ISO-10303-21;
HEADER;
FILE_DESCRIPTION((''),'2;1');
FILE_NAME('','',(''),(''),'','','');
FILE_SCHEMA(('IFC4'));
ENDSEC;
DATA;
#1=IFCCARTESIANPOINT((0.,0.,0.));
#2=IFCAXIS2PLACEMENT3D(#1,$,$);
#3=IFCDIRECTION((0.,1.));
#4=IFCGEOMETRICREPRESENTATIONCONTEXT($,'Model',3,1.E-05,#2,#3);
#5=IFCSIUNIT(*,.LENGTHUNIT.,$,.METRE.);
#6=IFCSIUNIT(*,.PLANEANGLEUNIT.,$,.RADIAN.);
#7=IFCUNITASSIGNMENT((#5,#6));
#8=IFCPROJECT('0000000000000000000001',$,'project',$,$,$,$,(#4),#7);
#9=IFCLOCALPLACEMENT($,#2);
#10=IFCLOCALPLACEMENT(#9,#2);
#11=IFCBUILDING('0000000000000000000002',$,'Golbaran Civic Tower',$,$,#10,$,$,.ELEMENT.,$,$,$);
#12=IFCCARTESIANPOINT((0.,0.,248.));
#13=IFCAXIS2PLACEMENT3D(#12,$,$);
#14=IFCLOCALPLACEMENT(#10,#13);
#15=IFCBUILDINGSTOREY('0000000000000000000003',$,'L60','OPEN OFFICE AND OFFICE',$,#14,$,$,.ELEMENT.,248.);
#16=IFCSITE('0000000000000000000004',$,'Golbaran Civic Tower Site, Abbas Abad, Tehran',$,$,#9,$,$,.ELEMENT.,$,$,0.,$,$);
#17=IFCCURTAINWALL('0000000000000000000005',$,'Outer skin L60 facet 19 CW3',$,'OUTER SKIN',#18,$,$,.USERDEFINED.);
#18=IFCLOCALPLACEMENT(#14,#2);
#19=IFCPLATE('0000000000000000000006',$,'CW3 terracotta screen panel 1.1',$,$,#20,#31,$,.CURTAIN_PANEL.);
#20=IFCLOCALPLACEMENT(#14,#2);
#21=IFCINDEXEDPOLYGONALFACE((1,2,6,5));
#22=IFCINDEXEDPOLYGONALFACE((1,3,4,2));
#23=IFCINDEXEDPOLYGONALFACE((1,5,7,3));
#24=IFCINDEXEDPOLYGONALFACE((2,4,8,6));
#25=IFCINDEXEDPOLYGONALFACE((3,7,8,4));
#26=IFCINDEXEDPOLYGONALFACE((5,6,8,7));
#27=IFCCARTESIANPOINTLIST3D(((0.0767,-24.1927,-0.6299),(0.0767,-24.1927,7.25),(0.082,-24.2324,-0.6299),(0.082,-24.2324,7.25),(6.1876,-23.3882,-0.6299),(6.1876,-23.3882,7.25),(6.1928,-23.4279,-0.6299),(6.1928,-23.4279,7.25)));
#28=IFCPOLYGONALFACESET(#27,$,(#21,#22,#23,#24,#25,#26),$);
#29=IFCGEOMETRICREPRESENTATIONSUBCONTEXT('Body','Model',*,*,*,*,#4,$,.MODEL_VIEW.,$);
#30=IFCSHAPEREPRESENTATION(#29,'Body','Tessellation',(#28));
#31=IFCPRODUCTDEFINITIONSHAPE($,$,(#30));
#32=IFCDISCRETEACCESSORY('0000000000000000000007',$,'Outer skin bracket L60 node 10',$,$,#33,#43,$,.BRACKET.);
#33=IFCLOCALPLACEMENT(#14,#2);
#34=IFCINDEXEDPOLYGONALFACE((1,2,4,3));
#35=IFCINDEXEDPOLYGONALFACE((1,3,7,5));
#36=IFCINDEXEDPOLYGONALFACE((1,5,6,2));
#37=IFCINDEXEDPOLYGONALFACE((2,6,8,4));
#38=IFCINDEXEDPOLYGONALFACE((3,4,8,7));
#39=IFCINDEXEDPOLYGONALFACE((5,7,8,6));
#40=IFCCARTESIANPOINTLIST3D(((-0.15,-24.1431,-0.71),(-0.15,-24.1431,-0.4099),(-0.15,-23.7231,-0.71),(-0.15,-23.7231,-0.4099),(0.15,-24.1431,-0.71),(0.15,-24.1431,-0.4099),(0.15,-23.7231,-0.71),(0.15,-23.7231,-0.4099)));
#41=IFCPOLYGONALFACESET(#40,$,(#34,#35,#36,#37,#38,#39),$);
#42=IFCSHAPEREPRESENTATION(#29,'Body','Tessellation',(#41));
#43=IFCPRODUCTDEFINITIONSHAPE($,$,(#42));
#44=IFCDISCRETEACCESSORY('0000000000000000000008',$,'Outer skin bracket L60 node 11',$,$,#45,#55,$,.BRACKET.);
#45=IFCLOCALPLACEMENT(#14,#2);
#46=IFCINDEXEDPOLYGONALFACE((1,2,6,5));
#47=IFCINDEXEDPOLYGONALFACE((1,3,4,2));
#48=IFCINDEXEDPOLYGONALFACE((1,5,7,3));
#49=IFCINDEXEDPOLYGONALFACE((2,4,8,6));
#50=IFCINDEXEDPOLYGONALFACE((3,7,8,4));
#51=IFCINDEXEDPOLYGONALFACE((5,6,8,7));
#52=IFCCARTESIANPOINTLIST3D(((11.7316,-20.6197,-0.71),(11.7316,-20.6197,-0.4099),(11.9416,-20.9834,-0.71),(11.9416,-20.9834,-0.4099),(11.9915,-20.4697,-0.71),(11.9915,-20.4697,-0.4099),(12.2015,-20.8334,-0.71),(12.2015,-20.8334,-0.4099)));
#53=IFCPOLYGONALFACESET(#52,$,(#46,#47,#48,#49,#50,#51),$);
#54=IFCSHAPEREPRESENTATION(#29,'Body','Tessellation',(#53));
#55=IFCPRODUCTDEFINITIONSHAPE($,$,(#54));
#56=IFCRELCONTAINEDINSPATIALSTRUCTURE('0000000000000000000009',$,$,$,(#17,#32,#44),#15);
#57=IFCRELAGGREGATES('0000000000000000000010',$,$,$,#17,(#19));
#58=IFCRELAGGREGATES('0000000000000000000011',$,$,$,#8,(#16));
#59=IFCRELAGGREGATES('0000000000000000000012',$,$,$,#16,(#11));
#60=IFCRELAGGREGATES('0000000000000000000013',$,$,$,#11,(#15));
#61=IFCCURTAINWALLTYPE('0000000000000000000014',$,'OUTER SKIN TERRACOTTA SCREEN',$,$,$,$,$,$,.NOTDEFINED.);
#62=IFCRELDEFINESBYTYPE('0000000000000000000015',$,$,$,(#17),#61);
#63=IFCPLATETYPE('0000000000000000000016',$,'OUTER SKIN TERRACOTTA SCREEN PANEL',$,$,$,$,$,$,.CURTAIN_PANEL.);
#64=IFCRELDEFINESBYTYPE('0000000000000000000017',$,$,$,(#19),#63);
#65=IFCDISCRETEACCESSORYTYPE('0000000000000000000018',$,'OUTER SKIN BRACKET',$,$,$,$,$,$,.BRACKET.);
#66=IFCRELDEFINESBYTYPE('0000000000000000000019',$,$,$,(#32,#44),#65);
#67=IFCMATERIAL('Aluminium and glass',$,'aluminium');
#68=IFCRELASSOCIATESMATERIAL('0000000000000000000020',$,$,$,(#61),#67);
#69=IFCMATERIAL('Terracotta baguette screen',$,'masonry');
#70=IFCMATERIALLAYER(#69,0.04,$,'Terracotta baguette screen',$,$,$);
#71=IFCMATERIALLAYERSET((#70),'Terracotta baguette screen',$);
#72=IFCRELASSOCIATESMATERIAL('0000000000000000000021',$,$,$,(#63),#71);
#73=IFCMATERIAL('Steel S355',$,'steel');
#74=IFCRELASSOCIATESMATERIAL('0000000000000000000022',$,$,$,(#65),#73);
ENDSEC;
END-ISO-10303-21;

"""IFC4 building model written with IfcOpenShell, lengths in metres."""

from ifc_helpers import new_model, si_unit, direction, frame, origin, origin_2d, place, context, subcontext, project, spatial, rectangle, extrude, material, layer, layer_set, type_object, element, aggregate, save


model = new_model("IFC4")

# Units and contexts
model_context = context("Model", 3, precision=1e-05, world=origin(), true_north=direction((0.0, 1.0)))
body_context = subcontext(model_context, "Body", "Model", "MODEL_VIEW")
ifc_project = project(units=[si_unit("LENGTHUNIT", "METRE"), si_unit("PLANEANGLEUNIT", "RADIAN")], contexts=[model_context])

# Site, building, storey
site_placement = place(None, origin())
site = spatial("IfcSite", under=ifc_project, at=site_placement, Name="Golbaran Civic Tower Site, Abbas Abad, Tehran", CompositionType="ELEMENT", RefElevation=0.0)
building_placement = place(site_placement, origin())
building = spatial("IfcBuilding", under=site, at=building_placement, Name="Golbaran Civic Tower", CompositionType="ELEMENT")
storey_placement = place(building_placement, frame((0.0, 0.0, 248.0)))
storey = spatial("IfcBuildingStorey", under=building, at=storey_placement, Name="L60", Description="OPEN OFFICE AND OFFICE", CompositionType="ELEMENT", Elevation=248.0)

# Shared definitions
ifc_material_1 = material(Name="Steel S355", Category="steel")

# Shared definitions
ifc_material_2 = material(Name="Aluminium and glass", Category="aluminium")

# Curtain wall
curtain_wall_type_1 = type_object("IfcCurtainWallType", Name="OUTER SKIN TERRACOTTA SCREEN", PredefinedType="NOTDEFINED", material=ifc_material_2)
curtain_wall_1_placement = place(storey_placement, origin())
curtain_wall_1 = element("IfcCurtainWall", 1, at=curtain_wall_1_placement, inside=storey, type_object=curtain_wall_type_1, Name="Outer skin L60 facet 19 CW3", ObjectType="OUTER SKIN", PredefinedType="USERDEFINED")

# Plate
ifc_material_3 = material(Name="Terracotta baguette screen", Category="masonry")
ifc_layer_1 = layer(ifc_material_3, 0.04, Name="Terracotta baguette screen")
ifc_layer_set_1 = layer_set([ifc_layer_1], Name="Terracotta baguette screen")
plate_type_1 = type_object("IfcPlateType", Name="OUTER SKIN TERRACOTTA SCREEN PANEL", PredefinedType="CURTAIN_PANEL", material=ifc_layer_set_1)
plate_1_placement = place(storey_placement, frame((3.1348, -23.8103, -0.6299), z_axis=(0.0, 0.0, 1.0), x_axis=(0.991445, 0.130526, 0.0)))
plate_1 = element("IfcPlate", 2, at=plate_1_placement, type_object=plate_type_1, Name="CW3 terracotta screen panel 1.1", PredefinedType="CURTAIN_PANEL", context=body_context, shape_type="SweptSolid", body=[
    extrude(rectangle(XDim=6.1636, YDim=0.04, at=origin_2d()), origin(), (0.0, 0.0, 1.0), 7.8799),
])
aggregate(curtain_wall_1, [plate_1])

# Discrete accessories
discrete_accessory_type = type_object("IfcDiscreteAccessoryType", Name="OUTER SKIN BRACKET", PredefinedType="BRACKET", material=ifc_material_1)
for number, where, z_axis, x_axis, name in (
    (3, (0.0, -23.9331, -0.71), (0.0, 0.0, 1.0), (0.0, -1.0, 0.0), "Outer skin bracket L60 node 10"),
    (4, (11.9666, -20.7266, -0.71), (0.0, 0.0, 1.0), (0.5, -0.866025, 0.0), "Outer skin bracket L60 node 11"),
):
    element("IfcDiscreteAccessory", number, at=place(storey_placement, frame(where, z_axis=z_axis, x_axis=x_axis)), inside=storey, type_object=discrete_accessory_type, Name=name, PredefinedType="BRACKET", context=body_context, shape_type="SweptSolid", body=[
        extrude(rectangle(XDim=0.4199, YDim=0.3, at=origin_2d()), origin(), (0.0, 0.0, 1.0), 0.3),
    ])

save(model, "model.ifc")
